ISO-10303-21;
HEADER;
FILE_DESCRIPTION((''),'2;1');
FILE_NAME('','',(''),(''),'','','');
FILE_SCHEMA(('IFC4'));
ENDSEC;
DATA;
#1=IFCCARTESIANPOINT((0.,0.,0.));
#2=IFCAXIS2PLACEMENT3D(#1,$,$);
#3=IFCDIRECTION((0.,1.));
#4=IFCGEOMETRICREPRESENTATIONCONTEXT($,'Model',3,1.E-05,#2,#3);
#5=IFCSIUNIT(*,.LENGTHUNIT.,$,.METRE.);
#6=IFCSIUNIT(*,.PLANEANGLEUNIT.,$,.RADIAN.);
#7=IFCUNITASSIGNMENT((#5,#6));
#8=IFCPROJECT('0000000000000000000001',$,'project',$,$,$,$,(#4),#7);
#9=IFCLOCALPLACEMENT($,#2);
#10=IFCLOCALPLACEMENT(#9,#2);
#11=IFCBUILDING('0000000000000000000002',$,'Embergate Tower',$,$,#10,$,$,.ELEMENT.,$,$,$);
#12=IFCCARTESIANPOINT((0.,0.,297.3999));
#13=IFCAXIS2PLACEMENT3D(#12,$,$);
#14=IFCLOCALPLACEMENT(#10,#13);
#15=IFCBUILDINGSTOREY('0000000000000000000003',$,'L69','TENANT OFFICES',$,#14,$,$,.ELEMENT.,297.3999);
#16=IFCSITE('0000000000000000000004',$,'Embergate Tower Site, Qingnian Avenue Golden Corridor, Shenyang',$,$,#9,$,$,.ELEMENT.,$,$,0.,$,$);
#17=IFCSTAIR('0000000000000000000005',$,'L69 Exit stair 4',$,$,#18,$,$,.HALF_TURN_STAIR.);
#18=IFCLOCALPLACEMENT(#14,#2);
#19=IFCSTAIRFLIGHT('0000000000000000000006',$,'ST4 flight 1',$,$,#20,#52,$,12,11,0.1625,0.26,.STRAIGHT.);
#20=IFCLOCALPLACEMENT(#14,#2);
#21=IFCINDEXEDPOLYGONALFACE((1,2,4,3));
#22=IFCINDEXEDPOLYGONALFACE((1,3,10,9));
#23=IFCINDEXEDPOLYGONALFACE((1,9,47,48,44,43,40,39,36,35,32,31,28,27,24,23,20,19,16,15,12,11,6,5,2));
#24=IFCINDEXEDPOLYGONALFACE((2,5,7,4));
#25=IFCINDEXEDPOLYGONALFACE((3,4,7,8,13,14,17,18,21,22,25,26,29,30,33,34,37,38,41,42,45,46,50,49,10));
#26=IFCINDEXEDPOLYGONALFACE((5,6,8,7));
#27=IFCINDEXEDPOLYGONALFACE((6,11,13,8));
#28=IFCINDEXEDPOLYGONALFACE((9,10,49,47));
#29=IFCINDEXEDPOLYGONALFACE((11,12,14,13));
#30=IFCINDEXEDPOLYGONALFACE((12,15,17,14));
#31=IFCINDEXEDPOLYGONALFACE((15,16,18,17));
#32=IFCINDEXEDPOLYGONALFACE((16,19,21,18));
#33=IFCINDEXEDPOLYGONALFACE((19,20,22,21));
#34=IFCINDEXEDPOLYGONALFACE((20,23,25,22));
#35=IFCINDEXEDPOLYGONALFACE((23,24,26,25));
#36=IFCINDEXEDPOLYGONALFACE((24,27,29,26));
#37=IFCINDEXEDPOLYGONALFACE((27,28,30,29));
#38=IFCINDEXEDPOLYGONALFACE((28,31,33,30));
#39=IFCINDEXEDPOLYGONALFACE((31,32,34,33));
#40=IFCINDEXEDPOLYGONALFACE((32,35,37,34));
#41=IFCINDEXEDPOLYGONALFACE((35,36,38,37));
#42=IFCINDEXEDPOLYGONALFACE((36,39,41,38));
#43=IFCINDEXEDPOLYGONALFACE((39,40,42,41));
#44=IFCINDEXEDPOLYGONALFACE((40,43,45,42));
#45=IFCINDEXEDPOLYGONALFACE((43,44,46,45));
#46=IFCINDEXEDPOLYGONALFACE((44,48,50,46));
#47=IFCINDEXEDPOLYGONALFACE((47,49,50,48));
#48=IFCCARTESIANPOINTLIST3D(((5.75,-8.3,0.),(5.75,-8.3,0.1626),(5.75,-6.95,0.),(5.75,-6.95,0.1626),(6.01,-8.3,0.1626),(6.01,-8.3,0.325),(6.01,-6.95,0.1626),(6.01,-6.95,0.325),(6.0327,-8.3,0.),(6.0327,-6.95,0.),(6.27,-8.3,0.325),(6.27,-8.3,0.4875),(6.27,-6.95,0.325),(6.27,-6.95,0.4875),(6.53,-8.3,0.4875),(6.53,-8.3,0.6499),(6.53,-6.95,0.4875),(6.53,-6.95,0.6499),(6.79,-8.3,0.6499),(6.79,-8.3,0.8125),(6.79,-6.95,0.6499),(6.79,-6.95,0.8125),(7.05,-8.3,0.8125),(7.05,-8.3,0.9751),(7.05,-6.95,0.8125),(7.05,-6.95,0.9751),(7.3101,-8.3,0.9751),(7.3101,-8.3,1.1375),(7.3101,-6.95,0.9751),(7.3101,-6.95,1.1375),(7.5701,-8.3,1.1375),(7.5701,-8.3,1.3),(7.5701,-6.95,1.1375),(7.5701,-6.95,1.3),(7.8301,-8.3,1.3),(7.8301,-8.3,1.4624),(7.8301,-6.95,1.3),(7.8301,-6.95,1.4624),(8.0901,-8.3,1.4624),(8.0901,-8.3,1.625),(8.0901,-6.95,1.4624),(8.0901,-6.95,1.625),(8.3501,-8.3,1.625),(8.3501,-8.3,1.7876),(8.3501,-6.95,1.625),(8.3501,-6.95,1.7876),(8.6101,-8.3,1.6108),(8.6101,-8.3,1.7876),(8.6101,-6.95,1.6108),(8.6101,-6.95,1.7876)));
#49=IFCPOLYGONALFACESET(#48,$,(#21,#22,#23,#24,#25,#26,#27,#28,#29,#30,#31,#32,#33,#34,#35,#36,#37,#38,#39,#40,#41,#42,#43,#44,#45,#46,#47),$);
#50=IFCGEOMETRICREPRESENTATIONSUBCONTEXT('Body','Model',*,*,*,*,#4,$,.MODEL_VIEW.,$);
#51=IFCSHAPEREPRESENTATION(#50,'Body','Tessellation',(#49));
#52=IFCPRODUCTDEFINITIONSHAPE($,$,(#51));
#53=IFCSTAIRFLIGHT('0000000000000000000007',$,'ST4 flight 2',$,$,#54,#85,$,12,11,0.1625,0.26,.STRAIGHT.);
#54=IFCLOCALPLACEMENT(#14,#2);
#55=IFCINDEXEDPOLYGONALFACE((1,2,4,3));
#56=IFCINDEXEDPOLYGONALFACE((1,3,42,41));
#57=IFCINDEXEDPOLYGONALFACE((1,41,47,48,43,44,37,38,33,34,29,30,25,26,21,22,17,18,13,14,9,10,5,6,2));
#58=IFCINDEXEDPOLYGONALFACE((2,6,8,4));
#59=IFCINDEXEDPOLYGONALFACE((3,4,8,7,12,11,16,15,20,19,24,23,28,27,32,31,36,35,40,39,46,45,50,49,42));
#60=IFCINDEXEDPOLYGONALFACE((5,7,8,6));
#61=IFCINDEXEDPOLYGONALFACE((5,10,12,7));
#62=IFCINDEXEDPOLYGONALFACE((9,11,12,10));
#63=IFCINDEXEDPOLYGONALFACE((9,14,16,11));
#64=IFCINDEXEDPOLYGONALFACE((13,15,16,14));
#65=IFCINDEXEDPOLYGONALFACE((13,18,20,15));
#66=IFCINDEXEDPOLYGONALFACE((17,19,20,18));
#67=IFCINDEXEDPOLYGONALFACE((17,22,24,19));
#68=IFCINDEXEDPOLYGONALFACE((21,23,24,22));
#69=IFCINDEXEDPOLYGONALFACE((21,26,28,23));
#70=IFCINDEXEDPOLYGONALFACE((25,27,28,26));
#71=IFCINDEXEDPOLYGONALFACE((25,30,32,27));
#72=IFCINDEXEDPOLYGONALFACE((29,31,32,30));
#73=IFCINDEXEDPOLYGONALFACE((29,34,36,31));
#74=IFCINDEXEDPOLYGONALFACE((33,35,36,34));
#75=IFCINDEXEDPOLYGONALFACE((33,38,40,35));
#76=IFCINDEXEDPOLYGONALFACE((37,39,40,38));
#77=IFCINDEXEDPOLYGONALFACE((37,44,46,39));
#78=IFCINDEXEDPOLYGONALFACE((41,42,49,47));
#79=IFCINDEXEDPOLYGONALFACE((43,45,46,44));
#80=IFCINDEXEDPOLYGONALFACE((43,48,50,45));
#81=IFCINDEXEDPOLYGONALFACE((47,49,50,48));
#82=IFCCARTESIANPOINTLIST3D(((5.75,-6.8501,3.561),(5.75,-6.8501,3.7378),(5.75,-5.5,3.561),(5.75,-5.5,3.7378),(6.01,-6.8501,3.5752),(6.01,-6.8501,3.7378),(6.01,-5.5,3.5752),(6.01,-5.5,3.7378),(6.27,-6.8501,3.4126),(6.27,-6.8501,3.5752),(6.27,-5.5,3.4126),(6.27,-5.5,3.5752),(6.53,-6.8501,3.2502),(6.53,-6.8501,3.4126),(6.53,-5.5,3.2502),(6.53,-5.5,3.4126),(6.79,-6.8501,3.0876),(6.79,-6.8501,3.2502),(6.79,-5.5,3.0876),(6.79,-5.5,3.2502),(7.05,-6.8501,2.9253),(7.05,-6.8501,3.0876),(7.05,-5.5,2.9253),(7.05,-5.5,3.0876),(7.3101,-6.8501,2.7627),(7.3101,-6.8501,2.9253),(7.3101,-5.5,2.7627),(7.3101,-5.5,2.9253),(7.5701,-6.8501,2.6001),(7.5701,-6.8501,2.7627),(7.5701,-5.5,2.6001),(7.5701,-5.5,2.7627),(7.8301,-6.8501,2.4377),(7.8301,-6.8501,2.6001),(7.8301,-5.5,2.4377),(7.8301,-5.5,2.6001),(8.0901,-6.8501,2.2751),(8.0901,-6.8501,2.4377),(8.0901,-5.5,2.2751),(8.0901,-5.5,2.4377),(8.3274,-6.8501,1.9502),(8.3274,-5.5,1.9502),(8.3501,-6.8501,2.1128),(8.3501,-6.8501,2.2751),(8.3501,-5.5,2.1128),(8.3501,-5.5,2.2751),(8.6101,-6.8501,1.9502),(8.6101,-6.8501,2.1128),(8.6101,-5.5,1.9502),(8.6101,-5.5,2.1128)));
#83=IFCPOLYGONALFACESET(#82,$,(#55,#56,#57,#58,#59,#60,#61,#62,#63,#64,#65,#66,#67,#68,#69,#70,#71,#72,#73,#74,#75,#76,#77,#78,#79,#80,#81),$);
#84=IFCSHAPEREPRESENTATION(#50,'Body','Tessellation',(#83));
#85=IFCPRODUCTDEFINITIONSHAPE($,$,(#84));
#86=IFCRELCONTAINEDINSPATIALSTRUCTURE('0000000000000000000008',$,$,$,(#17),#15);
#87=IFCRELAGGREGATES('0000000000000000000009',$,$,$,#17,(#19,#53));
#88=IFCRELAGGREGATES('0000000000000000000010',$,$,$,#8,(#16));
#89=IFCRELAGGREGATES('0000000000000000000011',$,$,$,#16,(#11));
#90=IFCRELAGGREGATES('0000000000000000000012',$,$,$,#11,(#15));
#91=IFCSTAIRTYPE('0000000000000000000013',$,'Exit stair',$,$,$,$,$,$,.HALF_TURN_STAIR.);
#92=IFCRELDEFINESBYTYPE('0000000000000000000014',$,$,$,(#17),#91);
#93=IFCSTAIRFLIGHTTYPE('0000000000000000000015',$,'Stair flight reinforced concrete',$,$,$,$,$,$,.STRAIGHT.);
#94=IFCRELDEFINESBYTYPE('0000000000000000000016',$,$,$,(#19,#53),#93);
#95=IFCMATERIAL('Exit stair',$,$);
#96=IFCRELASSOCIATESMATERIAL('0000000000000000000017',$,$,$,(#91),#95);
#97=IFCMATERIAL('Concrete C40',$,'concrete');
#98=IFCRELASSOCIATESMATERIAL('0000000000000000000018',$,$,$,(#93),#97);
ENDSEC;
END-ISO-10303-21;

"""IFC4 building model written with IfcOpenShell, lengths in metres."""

from ifc_helpers import new_model, si_unit, direction, frame, origin, place, context, subcontext, project, spatial, polyline, outline, extrude, source, transform, mapped, material, type_object, element, aggregate, save


model = new_model("IFC4")

# Units and contexts
model_context = context("Model", 3, precision=1e-05, world=origin(), true_north=direction((0.0, 1.0)))
body_context = subcontext(model_context, "Body", "Model", "MODEL_VIEW")
ifc_project = project(units=[si_unit("LENGTHUNIT", "METRE"), si_unit("PLANEANGLEUNIT", "RADIAN")], contexts=[model_context])

# Site, building, storey
site_placement = place(None, origin())
site = spatial("IfcSite", under=ifc_project, at=site_placement, Name="Embergate Tower Site, Qingnian Avenue Golden Corridor, Shenyang", CompositionType="ELEMENT", RefElevation=0.0)
building_placement = place(site_placement, origin())
building = spatial("IfcBuilding", under=site, at=building_placement, Name="Embergate Tower", CompositionType="ELEMENT")
storey_placement = place(building_placement, frame((0.0, 0.0, 297.3999)))
storey = spatial("IfcBuildingStorey", under=building, at=storey_placement, Name="L69", Description="TENANT OFFICES", CompositionType="ELEMENT", Elevation=297.3999)

# Stair
ifc_material_1 = material(Name="Exit stair")
stair_type = type_object("IfcStairType", Name="Exit stair", PredefinedType="HALF_TURN_STAIR", material=ifc_material_1)
stair_placement = place(storey_placement, origin())
stair = element("IfcStair", 1, at=stair_placement, inside=storey, type_object=stair_type, Name="L69 Exit stair 4", PredefinedType="HALF_TURN_STAIR")
ifc_material_2 = material(Name="Concrete C40", Category="concrete")

# Stair flights
stair_flight_type = type_object("IfcStairFlightType", Name="Stair flight reinforced concrete", PredefinedType="STRAIGHT", material=ifc_material_2)
shared_shape_1 = source(origin(), body_context, "Body", "SweptSolid", [
    extrude(outline(polyline([(0.0, 0.0), (0.0, 0.1626), (0.26, 0.1626), (0.26, 0.325), (0.52, 0.325), (0.52, 0.4875), (0.78, 0.4875), (0.78, 0.6499), (1.04, 0.6499), (1.04, 0.8125), (1.3, 0.8125), (1.3, 0.9751), (1.5601, 0.9751), (1.5601, 1.1375), (1.8201, 1.1375), (1.8201, 1.3), (2.0801, 1.3), (2.0801, 1.4624), (2.3401, 1.4624), (2.3401, 1.625), (2.6001, 1.625), (2.6001, 1.7876), (2.8601, 1.7876), (2.8601, 1.95), (2.8601, 1.6108), (0.2827, 0.0), (0.0, 0.0)])), frame((0.0, 0.675, 0.0), z_axis=(0.0, -1.0, 0.0), x_axis=(1.0, 0.0, 0.0)), (0.0, 0.0, 1.0), 1.3501),
])
stair_flight_1_placement = place(storey_placement, frame((5.75, -7.625, 0.0), z_axis=(0.0, 0.0, 1.0), x_axis=(1.0, 0.0, 0.0)))
stair_flight_1 = element("IfcStairFlight", 2, at=stair_flight_1_placement, type_object=stair_flight_type, Name="ST4 flight 1", NumberOfRisers=12, NumberOfTreads=11, PredefinedType="STRAIGHT", RiserHeight=0.1625, TreadLength=0.26, context=body_context, shape_type="MappedRepresentation", body=[
    mapped(shared_shape_1, transform((0.0, 0.0, 0.0))),
])
stair_flight_2_placement = place(storey_placement, frame((8.6101, -6.175, 1.9502), z_axis=(0.0, 0.0, 1.0), x_axis=(-1.0, 0.0, 0.0)))
stair_flight_2 = element("IfcStairFlight", 3, at=stair_flight_2_placement, type_object=stair_flight_type, Name="ST4 flight 2", NumberOfRisers=12, NumberOfTreads=11, PredefinedType="STRAIGHT", RiserHeight=0.1625, TreadLength=0.26, context=body_context, shape_type="MappedRepresentation", body=[
    mapped(shared_shape_1, transform((0.0, 0.0, 0.0))),
])
aggregate(stair, [stair_flight_1, stair_flight_2])

save(model, "model.ifc")
